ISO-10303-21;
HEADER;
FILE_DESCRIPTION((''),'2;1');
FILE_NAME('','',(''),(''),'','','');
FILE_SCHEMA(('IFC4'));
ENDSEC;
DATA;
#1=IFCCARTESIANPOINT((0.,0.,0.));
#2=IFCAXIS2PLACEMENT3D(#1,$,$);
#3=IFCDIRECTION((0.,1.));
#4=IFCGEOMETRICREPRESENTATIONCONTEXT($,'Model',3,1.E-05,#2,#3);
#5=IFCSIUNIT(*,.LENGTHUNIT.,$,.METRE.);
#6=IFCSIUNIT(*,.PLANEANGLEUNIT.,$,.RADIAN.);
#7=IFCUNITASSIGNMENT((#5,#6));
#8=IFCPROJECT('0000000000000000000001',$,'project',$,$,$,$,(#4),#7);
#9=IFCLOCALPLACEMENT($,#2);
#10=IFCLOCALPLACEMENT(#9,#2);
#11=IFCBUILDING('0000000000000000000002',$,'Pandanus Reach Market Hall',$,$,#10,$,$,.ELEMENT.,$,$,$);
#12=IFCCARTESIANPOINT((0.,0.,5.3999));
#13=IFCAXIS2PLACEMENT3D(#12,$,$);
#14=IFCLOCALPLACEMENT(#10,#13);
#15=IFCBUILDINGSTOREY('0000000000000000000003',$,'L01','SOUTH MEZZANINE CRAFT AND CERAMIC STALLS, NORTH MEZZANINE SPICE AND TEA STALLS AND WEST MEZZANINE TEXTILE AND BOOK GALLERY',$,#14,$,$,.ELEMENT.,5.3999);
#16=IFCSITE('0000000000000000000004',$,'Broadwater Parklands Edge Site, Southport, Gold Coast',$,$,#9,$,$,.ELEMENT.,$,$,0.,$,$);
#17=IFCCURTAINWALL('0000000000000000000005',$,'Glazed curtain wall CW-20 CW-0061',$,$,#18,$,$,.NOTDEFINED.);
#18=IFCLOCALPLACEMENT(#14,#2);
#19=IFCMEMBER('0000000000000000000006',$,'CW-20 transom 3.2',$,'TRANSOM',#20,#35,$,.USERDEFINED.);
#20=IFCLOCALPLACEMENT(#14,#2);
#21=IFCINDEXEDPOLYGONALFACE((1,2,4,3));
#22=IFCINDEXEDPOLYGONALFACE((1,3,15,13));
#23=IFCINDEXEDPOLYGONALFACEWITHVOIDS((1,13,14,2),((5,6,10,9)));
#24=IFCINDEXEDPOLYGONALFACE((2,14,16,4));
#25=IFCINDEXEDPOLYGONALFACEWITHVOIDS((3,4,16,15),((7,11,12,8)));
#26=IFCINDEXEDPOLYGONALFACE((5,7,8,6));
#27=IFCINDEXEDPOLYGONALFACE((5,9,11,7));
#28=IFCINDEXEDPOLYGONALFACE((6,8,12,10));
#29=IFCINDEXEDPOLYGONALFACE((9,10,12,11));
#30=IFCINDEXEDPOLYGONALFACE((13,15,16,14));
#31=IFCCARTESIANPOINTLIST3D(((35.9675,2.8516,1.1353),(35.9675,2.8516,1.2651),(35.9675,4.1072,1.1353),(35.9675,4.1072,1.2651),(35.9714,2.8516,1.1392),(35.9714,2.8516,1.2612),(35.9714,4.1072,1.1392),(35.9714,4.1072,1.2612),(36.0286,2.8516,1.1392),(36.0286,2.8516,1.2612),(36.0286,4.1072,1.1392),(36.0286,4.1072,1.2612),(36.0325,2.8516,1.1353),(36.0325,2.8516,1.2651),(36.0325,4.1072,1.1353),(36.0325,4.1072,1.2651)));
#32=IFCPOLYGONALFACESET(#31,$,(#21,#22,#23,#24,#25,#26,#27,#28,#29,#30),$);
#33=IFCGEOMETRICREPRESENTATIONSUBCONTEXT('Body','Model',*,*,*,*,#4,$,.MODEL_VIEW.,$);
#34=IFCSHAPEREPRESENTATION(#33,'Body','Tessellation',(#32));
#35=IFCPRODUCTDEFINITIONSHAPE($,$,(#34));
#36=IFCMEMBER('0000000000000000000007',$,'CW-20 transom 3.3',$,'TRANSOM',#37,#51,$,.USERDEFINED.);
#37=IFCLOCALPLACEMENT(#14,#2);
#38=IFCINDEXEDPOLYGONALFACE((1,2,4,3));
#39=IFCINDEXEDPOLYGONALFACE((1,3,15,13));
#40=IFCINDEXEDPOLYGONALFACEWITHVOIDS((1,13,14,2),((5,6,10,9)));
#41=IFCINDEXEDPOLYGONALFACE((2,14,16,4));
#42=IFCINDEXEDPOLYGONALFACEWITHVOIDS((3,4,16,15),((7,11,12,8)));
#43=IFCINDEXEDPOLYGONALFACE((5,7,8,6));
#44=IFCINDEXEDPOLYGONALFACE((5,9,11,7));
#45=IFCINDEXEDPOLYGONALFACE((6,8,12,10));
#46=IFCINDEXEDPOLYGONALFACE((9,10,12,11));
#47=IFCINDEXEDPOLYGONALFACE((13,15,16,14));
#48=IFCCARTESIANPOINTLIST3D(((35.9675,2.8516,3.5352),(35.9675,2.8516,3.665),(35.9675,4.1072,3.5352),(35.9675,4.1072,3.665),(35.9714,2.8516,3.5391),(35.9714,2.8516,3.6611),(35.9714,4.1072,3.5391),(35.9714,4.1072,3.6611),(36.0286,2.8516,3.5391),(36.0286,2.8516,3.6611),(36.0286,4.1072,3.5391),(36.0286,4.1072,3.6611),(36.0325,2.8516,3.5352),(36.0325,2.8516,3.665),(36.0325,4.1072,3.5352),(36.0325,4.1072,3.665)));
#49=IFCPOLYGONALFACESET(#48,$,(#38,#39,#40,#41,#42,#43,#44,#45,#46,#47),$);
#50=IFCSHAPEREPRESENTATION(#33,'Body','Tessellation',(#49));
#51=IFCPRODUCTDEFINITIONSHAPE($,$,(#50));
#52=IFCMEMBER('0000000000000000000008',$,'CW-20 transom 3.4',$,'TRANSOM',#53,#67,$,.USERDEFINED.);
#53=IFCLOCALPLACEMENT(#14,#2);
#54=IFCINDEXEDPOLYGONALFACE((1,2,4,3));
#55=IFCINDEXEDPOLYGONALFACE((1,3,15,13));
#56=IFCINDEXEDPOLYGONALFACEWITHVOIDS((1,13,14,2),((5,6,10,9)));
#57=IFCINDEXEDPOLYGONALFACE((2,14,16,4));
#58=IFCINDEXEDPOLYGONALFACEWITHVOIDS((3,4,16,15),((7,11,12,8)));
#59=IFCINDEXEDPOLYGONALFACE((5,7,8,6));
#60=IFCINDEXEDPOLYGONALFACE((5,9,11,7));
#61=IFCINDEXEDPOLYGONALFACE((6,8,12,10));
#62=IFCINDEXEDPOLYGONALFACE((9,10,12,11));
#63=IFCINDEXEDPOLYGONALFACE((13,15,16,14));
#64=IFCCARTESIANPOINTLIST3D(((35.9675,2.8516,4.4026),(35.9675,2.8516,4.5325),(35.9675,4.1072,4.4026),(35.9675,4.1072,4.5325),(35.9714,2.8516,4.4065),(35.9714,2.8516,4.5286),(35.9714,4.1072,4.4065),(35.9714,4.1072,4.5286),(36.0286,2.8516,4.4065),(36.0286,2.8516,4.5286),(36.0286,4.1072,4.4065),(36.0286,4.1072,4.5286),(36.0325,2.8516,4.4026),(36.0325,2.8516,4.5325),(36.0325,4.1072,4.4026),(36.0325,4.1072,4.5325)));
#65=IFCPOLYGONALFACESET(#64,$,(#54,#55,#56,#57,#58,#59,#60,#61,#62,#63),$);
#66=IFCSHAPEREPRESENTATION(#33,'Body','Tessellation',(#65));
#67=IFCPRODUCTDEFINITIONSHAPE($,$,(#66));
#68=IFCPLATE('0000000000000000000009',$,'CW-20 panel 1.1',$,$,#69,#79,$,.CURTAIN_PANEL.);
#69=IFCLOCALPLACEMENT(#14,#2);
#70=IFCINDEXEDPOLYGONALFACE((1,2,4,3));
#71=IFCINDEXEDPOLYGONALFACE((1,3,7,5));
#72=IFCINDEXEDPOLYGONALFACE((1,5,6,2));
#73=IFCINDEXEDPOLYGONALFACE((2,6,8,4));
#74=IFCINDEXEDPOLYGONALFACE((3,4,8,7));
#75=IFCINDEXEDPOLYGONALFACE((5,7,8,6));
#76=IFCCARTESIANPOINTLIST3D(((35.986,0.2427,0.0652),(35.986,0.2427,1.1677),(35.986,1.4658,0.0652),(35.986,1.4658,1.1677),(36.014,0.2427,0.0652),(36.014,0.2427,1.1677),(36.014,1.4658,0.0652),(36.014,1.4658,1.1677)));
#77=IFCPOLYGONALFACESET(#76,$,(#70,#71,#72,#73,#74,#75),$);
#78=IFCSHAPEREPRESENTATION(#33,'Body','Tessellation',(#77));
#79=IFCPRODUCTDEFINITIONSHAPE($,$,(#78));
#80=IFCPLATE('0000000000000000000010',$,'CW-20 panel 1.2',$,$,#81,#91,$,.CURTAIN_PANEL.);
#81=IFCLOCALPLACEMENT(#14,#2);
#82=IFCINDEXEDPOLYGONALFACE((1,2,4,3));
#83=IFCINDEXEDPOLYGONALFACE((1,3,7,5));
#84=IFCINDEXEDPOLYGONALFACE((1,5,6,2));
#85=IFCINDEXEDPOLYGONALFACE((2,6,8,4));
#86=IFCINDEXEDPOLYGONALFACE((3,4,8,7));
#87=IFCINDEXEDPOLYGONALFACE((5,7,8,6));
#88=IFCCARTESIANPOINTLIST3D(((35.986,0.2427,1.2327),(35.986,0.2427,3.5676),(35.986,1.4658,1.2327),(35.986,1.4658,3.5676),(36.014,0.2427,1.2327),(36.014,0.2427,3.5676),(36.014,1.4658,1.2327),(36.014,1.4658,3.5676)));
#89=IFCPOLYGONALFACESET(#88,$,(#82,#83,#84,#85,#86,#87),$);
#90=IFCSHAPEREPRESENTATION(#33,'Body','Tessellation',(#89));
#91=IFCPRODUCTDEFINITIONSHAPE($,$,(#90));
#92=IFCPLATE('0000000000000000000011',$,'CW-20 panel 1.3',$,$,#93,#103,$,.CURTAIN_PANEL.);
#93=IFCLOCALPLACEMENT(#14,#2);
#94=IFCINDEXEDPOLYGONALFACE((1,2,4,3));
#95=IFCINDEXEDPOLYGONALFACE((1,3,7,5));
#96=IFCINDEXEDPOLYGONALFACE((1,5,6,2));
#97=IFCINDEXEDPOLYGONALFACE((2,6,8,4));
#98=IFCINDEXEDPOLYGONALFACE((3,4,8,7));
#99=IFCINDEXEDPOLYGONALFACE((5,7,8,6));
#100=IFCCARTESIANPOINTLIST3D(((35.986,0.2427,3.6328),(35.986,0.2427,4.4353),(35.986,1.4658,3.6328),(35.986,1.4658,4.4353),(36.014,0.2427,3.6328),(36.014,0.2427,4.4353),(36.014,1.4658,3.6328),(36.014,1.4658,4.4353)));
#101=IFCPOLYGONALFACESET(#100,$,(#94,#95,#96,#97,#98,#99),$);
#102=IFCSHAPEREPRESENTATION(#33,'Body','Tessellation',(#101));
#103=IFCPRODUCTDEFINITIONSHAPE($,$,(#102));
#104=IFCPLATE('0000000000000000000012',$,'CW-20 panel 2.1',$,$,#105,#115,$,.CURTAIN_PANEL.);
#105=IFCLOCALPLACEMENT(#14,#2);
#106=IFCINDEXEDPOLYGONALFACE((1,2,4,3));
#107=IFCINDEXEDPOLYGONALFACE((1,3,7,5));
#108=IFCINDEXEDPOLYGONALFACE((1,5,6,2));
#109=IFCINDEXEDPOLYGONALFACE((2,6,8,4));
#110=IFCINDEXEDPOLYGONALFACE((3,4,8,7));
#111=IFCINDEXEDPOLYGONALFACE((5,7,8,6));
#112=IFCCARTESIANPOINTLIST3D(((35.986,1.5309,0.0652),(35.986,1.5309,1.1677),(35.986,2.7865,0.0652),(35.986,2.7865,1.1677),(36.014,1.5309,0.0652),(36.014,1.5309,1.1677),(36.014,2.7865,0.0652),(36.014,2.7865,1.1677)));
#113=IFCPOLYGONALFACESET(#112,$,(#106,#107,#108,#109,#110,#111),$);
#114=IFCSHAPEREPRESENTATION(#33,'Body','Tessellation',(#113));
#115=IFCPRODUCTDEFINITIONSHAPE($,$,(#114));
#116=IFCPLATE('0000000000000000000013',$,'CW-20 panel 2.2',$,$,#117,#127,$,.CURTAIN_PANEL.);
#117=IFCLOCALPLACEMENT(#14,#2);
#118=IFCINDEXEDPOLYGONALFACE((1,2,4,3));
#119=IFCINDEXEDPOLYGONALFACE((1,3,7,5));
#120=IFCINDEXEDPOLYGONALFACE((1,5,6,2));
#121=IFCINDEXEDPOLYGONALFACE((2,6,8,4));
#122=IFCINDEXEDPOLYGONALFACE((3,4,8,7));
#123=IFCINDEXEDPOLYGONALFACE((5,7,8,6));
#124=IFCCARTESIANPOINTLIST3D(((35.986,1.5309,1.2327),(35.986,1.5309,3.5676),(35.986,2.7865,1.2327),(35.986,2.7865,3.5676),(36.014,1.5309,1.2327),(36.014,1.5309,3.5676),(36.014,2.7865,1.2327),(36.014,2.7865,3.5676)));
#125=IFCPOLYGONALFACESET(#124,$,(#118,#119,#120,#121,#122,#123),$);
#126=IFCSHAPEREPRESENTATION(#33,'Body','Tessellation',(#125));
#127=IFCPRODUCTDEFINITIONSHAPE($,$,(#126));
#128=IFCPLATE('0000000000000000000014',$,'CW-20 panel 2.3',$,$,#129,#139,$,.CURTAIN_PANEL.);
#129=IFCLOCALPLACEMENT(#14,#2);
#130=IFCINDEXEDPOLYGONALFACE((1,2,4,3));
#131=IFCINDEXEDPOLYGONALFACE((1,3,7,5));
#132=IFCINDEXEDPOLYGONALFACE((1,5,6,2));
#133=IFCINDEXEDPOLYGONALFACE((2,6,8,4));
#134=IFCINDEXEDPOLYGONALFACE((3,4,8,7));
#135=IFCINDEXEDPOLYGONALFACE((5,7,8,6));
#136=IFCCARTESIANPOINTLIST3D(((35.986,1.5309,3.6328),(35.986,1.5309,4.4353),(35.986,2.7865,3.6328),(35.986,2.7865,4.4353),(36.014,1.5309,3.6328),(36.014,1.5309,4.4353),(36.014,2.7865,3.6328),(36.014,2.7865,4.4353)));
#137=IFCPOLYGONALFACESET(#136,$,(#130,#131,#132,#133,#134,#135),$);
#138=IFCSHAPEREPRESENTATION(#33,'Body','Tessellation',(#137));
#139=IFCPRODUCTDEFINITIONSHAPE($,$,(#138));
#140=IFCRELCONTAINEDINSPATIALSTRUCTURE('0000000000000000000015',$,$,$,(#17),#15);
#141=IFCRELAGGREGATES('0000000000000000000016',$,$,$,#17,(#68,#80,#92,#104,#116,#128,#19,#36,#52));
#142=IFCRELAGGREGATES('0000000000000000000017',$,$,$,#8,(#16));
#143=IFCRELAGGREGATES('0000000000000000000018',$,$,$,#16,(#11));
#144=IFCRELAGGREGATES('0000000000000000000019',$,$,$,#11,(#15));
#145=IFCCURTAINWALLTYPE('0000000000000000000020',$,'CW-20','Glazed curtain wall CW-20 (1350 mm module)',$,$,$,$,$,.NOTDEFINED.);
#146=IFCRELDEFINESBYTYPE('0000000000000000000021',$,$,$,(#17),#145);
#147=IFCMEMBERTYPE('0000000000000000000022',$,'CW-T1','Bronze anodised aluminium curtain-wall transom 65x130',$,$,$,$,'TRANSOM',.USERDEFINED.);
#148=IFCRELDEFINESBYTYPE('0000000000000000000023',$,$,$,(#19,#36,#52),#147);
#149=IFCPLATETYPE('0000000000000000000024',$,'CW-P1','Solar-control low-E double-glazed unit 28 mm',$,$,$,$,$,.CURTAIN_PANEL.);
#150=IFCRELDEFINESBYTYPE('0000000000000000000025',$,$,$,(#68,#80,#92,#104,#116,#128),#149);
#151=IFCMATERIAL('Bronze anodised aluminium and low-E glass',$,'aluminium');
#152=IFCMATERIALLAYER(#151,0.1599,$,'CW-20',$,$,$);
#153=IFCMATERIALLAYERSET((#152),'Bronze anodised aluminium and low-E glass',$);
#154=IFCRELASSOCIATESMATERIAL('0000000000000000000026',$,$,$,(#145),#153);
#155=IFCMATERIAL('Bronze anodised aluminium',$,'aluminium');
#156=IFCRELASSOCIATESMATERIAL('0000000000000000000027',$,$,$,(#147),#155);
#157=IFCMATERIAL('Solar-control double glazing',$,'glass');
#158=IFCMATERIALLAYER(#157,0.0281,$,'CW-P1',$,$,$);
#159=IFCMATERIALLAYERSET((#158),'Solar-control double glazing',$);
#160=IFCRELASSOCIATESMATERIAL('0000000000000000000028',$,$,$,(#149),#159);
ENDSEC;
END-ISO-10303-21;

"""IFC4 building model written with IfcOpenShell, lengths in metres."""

from ifc_helpers import new_model, si_unit, direction, frame, origin, origin_2d, place, context, subcontext, project, spatial, rectangle, hollow_rectangle, extrude, material, layer, layer_set, material_profile, profile_set, type_object, element, aggregate, save


model = new_model("IFC4")

# Units and contexts
model_context = context("Model", 3, precision=1e-05, world=origin(), true_north=direction((0.0, 1.0)))
body_context = subcontext(model_context, "Body", "Model", "MODEL_VIEW")
ifc_project = project(units=[si_unit("LENGTHUNIT", "METRE"), si_unit("PLANEANGLEUNIT", "RADIAN")], contexts=[model_context])

# Site, building, storey
site_placement = place(None, origin())
site = spatial("IfcSite", under=ifc_project, at=site_placement, Name="Broadwater Parklands Edge Site, Southport, Gold Coast", CompositionType="ELEMENT", RefElevation=0.0)
building_placement = place(site_placement, origin())
building = spatial("IfcBuilding", under=site, at=building_placement, Name="Pandanus Reach Market Hall", CompositionType="ELEMENT")
storey_placement = place(building_placement, frame((0.0, 0.0, 5.3999)))
storey = spatial("IfcBuildingStorey", under=building, at=storey_placement, Name="L01", Description="SOUTH MEZZANINE CRAFT AND CERAMIC STALLS, NORTH MEZZANINE SPICE AND TEA STALLS AND WEST MEZZANINE TEXTILE AND BOOK GALLERY", CompositionType="ELEMENT", Elevation=5.3999)

# Curtain wall, members, plates
ifc_material_1 = material(Name="Bronze anodised aluminium and low-E glass", Category="aluminium")
ifc_layer_1 = layer(ifc_material_1, 0.1599, Name="CW-20")
ifc_layer_set_1 = layer_set([ifc_layer_1], Name="Bronze anodised aluminium and low-E glass")
curtain_wall_type = type_object("IfcCurtainWallType", Name="CW-20", Description="Glazed curtain wall CW-20 (1350 mm module)", PredefinedType="NOTDEFINED", material=ifc_layer_set_1)
curtain_wall_placement = place(storey_placement, origin())
curtain_wall = element("IfcCurtainWall", 1, at=curtain_wall_placement, inside=storey, type_object=curtain_wall_type, Name="Glazed curtain wall CW-20 CW-0061", PredefinedType="NOTDEFINED")
ifc_material_2 = material(Name="Bronze anodised aluminium", Category="aluminium")
ifc_material_profile_1 = material_profile(ifc_material_2, hollow_rectangle(XDim=0.0649, YDim=0.1299, WallThickness=0.0039, at=origin_2d()), Name="ALU65x130", Category="LoadBearing")
ifc_profile_set_1 = profile_set([ifc_material_profile_1], Name="Bronze anodised aluminium")
member_type_1 = type_object("IfcMemberType", Name="CW-T1", Description="Bronze anodised aluminium curtain-wall transom 65x130", ElementType="TRANSOM", PredefinedType="USERDEFINED", material=ifc_profile_set_1)
member_1_placement = place(storey_placement, frame((36.0, 2.8516, 1.2002), z_axis=(0.0, 1.0, 0.0), x_axis=(-1.0, 0.0, 0.0)))
member_1 = element("IfcMember", 2, at=member_1_placement, type_object=member_type_1, Name="CW-20 transom 3.2", ObjectType="TRANSOM", PredefinedType="USERDEFINED", context=body_context, shape_type="SweptSolid", body=[
    extrude(hollow_rectangle(XDim=0.0649, YDim=0.1299, WallThickness=0.0039, at=origin_2d()), origin(), (0.0, 0.0, 1.0), 1.2556),
])
member_2_placement = place(storey_placement, frame((36.0, 2.8516, 3.6001), z_axis=(0.0, 1.0, 0.0), x_axis=(-1.0, 0.0, 0.0)))
member_2 = element("IfcMember", 3, at=member_2_placement, type_object=member_type_1, Name="CW-20 transom 3.3", ObjectType="TRANSOM", PredefinedType="USERDEFINED", context=body_context, shape_type="SweptSolid", body=[
    extrude(hollow_rectangle(XDim=0.0649, YDim=0.1299, WallThickness=0.0039, at=origin_2d()), origin(), (0.0, 0.0, 1.0), 1.2556),
])
member_3_placement = place(storey_placement, frame((36.0, 2.8516, 4.4675), z_axis=(0.0, 1.0, 0.0), x_axis=(-1.0, 0.0, 0.0)))
member_3 = element("IfcMember", 4, at=member_3_placement, type_object=member_type_1, Name="CW-20 transom 3.4", ObjectType="TRANSOM", PredefinedType="USERDEFINED", context=body_context, shape_type="SweptSolid", body=[
    extrude(hollow_rectangle(XDim=0.0649, YDim=0.1299, WallThickness=0.0039, at=origin_2d()), origin(), (0.0, 0.0, 1.0), 1.2556),
])
ifc_material_3 = material(Name="Solar-control double glazing", Category="glass")
ifc_layer_2 = layer(ifc_material_3, 0.0281, Name="CW-P1")
ifc_layer_set_2 = layer_set([ifc_layer_2], Name="Solar-control double glazing")
plate_type = type_object("IfcPlateType", Name="CW-P1", Description="Solar-control low-E double-glazed unit 28 mm", PredefinedType="CURTAIN_PANEL", material=ifc_layer_set_2)
plate_1_placement = place(storey_placement, frame((36.0, 0.8542, 0.0652), z_axis=(0.0, 0.0, 1.0), x_axis=(0.0, 1.0, 0.0)))
plate_1 = element("IfcPlate", 5, at=plate_1_placement, type_object=plate_type, Name="CW-20 panel 1.1", PredefinedType="CURTAIN_PANEL", context=body_context, shape_type="SweptSolid", body=[
    extrude(rectangle(XDim=1.2231, YDim=0.0281, at=origin_2d()), origin(), (0.0, 0.0, 1.0), 1.1025),
])
plate_2_placement = place(storey_placement, frame((36.0, 0.8542, 1.2327), z_axis=(0.0, 0.0, 1.0), x_axis=(0.0, 1.0, 0.0)))
plate_2 = element("IfcPlate", 6, at=plate_2_placement, type_object=plate_type, Name="CW-20 panel 1.2", PredefinedType="CURTAIN_PANEL", context=body_context, shape_type="SweptSolid", body=[
    extrude(rectangle(XDim=1.2231, YDim=0.0281, at=origin_2d()), origin(), (0.0, 0.0, 1.0), 2.335),
])
plate_3_placement = place(storey_placement, frame((36.0, 0.8542, 3.6328), z_axis=(0.0, 0.0, 1.0), x_axis=(0.0, 1.0, 0.0)))
plate_3 = element("IfcPlate", 7, at=plate_3_placement, type_object=plate_type, Name="CW-20 panel 1.3", PredefinedType="CURTAIN_PANEL", context=body_context, shape_type="SweptSolid", body=[
    extrude(rectangle(XDim=1.2231, YDim=0.0281, at=origin_2d()), origin(), (0.0, 0.0, 1.0), 0.8025),
])
plate_4_placement = place(storey_placement, frame((36.0, 2.1587, 0.0652), z_axis=(0.0, 0.0, 1.0), x_axis=(0.0, 1.0, 0.0)))
plate_4 = element("IfcPlate", 8, at=plate_4_placement, type_object=plate_type, Name="CW-20 panel 2.1", PredefinedType="CURTAIN_PANEL", context=body_context, shape_type="SweptSolid", body=[
    extrude(rectangle(XDim=1.2556, YDim=0.0281, at=origin_2d()), origin(), (0.0, 0.0, 1.0), 1.1025),
])
plate_5_placement = place(storey_placement, frame((36.0, 2.1587, 1.2327), z_axis=(0.0, 0.0, 1.0), x_axis=(0.0, 1.0, 0.0)))
plate_5 = element("IfcPlate", 9, at=plate_5_placement, type_object=plate_type, Name="CW-20 panel 2.2", PredefinedType="CURTAIN_PANEL", context=body_context, shape_type="SweptSolid", body=[
    extrude(rectangle(XDim=1.2556, YDim=0.0281, at=origin_2d()), origin(), (0.0, 0.0, 1.0), 2.335),
])
plate_6_placement = place(storey_placement, frame((36.0, 2.1587, 3.6328), z_axis=(0.0, 0.0, 1.0), x_axis=(0.0, 1.0, 0.0)))
plate_6 = element("IfcPlate", 10, at=plate_6_placement, type_object=plate_type, Name="CW-20 panel 2.3", PredefinedType="CURTAIN_PANEL", context=body_context, shape_type="SweptSolid", body=[
    extrude(rectangle(XDim=1.2556, YDim=0.0281, at=origin_2d()), origin(), (0.0, 0.0, 1.0), 0.8025),
])
aggregate(curtain_wall, [plate_1, plate_2, plate_3, plate_4, plate_5, plate_6, member_1, member_2, member_3])

save(model, "model.ifc")
